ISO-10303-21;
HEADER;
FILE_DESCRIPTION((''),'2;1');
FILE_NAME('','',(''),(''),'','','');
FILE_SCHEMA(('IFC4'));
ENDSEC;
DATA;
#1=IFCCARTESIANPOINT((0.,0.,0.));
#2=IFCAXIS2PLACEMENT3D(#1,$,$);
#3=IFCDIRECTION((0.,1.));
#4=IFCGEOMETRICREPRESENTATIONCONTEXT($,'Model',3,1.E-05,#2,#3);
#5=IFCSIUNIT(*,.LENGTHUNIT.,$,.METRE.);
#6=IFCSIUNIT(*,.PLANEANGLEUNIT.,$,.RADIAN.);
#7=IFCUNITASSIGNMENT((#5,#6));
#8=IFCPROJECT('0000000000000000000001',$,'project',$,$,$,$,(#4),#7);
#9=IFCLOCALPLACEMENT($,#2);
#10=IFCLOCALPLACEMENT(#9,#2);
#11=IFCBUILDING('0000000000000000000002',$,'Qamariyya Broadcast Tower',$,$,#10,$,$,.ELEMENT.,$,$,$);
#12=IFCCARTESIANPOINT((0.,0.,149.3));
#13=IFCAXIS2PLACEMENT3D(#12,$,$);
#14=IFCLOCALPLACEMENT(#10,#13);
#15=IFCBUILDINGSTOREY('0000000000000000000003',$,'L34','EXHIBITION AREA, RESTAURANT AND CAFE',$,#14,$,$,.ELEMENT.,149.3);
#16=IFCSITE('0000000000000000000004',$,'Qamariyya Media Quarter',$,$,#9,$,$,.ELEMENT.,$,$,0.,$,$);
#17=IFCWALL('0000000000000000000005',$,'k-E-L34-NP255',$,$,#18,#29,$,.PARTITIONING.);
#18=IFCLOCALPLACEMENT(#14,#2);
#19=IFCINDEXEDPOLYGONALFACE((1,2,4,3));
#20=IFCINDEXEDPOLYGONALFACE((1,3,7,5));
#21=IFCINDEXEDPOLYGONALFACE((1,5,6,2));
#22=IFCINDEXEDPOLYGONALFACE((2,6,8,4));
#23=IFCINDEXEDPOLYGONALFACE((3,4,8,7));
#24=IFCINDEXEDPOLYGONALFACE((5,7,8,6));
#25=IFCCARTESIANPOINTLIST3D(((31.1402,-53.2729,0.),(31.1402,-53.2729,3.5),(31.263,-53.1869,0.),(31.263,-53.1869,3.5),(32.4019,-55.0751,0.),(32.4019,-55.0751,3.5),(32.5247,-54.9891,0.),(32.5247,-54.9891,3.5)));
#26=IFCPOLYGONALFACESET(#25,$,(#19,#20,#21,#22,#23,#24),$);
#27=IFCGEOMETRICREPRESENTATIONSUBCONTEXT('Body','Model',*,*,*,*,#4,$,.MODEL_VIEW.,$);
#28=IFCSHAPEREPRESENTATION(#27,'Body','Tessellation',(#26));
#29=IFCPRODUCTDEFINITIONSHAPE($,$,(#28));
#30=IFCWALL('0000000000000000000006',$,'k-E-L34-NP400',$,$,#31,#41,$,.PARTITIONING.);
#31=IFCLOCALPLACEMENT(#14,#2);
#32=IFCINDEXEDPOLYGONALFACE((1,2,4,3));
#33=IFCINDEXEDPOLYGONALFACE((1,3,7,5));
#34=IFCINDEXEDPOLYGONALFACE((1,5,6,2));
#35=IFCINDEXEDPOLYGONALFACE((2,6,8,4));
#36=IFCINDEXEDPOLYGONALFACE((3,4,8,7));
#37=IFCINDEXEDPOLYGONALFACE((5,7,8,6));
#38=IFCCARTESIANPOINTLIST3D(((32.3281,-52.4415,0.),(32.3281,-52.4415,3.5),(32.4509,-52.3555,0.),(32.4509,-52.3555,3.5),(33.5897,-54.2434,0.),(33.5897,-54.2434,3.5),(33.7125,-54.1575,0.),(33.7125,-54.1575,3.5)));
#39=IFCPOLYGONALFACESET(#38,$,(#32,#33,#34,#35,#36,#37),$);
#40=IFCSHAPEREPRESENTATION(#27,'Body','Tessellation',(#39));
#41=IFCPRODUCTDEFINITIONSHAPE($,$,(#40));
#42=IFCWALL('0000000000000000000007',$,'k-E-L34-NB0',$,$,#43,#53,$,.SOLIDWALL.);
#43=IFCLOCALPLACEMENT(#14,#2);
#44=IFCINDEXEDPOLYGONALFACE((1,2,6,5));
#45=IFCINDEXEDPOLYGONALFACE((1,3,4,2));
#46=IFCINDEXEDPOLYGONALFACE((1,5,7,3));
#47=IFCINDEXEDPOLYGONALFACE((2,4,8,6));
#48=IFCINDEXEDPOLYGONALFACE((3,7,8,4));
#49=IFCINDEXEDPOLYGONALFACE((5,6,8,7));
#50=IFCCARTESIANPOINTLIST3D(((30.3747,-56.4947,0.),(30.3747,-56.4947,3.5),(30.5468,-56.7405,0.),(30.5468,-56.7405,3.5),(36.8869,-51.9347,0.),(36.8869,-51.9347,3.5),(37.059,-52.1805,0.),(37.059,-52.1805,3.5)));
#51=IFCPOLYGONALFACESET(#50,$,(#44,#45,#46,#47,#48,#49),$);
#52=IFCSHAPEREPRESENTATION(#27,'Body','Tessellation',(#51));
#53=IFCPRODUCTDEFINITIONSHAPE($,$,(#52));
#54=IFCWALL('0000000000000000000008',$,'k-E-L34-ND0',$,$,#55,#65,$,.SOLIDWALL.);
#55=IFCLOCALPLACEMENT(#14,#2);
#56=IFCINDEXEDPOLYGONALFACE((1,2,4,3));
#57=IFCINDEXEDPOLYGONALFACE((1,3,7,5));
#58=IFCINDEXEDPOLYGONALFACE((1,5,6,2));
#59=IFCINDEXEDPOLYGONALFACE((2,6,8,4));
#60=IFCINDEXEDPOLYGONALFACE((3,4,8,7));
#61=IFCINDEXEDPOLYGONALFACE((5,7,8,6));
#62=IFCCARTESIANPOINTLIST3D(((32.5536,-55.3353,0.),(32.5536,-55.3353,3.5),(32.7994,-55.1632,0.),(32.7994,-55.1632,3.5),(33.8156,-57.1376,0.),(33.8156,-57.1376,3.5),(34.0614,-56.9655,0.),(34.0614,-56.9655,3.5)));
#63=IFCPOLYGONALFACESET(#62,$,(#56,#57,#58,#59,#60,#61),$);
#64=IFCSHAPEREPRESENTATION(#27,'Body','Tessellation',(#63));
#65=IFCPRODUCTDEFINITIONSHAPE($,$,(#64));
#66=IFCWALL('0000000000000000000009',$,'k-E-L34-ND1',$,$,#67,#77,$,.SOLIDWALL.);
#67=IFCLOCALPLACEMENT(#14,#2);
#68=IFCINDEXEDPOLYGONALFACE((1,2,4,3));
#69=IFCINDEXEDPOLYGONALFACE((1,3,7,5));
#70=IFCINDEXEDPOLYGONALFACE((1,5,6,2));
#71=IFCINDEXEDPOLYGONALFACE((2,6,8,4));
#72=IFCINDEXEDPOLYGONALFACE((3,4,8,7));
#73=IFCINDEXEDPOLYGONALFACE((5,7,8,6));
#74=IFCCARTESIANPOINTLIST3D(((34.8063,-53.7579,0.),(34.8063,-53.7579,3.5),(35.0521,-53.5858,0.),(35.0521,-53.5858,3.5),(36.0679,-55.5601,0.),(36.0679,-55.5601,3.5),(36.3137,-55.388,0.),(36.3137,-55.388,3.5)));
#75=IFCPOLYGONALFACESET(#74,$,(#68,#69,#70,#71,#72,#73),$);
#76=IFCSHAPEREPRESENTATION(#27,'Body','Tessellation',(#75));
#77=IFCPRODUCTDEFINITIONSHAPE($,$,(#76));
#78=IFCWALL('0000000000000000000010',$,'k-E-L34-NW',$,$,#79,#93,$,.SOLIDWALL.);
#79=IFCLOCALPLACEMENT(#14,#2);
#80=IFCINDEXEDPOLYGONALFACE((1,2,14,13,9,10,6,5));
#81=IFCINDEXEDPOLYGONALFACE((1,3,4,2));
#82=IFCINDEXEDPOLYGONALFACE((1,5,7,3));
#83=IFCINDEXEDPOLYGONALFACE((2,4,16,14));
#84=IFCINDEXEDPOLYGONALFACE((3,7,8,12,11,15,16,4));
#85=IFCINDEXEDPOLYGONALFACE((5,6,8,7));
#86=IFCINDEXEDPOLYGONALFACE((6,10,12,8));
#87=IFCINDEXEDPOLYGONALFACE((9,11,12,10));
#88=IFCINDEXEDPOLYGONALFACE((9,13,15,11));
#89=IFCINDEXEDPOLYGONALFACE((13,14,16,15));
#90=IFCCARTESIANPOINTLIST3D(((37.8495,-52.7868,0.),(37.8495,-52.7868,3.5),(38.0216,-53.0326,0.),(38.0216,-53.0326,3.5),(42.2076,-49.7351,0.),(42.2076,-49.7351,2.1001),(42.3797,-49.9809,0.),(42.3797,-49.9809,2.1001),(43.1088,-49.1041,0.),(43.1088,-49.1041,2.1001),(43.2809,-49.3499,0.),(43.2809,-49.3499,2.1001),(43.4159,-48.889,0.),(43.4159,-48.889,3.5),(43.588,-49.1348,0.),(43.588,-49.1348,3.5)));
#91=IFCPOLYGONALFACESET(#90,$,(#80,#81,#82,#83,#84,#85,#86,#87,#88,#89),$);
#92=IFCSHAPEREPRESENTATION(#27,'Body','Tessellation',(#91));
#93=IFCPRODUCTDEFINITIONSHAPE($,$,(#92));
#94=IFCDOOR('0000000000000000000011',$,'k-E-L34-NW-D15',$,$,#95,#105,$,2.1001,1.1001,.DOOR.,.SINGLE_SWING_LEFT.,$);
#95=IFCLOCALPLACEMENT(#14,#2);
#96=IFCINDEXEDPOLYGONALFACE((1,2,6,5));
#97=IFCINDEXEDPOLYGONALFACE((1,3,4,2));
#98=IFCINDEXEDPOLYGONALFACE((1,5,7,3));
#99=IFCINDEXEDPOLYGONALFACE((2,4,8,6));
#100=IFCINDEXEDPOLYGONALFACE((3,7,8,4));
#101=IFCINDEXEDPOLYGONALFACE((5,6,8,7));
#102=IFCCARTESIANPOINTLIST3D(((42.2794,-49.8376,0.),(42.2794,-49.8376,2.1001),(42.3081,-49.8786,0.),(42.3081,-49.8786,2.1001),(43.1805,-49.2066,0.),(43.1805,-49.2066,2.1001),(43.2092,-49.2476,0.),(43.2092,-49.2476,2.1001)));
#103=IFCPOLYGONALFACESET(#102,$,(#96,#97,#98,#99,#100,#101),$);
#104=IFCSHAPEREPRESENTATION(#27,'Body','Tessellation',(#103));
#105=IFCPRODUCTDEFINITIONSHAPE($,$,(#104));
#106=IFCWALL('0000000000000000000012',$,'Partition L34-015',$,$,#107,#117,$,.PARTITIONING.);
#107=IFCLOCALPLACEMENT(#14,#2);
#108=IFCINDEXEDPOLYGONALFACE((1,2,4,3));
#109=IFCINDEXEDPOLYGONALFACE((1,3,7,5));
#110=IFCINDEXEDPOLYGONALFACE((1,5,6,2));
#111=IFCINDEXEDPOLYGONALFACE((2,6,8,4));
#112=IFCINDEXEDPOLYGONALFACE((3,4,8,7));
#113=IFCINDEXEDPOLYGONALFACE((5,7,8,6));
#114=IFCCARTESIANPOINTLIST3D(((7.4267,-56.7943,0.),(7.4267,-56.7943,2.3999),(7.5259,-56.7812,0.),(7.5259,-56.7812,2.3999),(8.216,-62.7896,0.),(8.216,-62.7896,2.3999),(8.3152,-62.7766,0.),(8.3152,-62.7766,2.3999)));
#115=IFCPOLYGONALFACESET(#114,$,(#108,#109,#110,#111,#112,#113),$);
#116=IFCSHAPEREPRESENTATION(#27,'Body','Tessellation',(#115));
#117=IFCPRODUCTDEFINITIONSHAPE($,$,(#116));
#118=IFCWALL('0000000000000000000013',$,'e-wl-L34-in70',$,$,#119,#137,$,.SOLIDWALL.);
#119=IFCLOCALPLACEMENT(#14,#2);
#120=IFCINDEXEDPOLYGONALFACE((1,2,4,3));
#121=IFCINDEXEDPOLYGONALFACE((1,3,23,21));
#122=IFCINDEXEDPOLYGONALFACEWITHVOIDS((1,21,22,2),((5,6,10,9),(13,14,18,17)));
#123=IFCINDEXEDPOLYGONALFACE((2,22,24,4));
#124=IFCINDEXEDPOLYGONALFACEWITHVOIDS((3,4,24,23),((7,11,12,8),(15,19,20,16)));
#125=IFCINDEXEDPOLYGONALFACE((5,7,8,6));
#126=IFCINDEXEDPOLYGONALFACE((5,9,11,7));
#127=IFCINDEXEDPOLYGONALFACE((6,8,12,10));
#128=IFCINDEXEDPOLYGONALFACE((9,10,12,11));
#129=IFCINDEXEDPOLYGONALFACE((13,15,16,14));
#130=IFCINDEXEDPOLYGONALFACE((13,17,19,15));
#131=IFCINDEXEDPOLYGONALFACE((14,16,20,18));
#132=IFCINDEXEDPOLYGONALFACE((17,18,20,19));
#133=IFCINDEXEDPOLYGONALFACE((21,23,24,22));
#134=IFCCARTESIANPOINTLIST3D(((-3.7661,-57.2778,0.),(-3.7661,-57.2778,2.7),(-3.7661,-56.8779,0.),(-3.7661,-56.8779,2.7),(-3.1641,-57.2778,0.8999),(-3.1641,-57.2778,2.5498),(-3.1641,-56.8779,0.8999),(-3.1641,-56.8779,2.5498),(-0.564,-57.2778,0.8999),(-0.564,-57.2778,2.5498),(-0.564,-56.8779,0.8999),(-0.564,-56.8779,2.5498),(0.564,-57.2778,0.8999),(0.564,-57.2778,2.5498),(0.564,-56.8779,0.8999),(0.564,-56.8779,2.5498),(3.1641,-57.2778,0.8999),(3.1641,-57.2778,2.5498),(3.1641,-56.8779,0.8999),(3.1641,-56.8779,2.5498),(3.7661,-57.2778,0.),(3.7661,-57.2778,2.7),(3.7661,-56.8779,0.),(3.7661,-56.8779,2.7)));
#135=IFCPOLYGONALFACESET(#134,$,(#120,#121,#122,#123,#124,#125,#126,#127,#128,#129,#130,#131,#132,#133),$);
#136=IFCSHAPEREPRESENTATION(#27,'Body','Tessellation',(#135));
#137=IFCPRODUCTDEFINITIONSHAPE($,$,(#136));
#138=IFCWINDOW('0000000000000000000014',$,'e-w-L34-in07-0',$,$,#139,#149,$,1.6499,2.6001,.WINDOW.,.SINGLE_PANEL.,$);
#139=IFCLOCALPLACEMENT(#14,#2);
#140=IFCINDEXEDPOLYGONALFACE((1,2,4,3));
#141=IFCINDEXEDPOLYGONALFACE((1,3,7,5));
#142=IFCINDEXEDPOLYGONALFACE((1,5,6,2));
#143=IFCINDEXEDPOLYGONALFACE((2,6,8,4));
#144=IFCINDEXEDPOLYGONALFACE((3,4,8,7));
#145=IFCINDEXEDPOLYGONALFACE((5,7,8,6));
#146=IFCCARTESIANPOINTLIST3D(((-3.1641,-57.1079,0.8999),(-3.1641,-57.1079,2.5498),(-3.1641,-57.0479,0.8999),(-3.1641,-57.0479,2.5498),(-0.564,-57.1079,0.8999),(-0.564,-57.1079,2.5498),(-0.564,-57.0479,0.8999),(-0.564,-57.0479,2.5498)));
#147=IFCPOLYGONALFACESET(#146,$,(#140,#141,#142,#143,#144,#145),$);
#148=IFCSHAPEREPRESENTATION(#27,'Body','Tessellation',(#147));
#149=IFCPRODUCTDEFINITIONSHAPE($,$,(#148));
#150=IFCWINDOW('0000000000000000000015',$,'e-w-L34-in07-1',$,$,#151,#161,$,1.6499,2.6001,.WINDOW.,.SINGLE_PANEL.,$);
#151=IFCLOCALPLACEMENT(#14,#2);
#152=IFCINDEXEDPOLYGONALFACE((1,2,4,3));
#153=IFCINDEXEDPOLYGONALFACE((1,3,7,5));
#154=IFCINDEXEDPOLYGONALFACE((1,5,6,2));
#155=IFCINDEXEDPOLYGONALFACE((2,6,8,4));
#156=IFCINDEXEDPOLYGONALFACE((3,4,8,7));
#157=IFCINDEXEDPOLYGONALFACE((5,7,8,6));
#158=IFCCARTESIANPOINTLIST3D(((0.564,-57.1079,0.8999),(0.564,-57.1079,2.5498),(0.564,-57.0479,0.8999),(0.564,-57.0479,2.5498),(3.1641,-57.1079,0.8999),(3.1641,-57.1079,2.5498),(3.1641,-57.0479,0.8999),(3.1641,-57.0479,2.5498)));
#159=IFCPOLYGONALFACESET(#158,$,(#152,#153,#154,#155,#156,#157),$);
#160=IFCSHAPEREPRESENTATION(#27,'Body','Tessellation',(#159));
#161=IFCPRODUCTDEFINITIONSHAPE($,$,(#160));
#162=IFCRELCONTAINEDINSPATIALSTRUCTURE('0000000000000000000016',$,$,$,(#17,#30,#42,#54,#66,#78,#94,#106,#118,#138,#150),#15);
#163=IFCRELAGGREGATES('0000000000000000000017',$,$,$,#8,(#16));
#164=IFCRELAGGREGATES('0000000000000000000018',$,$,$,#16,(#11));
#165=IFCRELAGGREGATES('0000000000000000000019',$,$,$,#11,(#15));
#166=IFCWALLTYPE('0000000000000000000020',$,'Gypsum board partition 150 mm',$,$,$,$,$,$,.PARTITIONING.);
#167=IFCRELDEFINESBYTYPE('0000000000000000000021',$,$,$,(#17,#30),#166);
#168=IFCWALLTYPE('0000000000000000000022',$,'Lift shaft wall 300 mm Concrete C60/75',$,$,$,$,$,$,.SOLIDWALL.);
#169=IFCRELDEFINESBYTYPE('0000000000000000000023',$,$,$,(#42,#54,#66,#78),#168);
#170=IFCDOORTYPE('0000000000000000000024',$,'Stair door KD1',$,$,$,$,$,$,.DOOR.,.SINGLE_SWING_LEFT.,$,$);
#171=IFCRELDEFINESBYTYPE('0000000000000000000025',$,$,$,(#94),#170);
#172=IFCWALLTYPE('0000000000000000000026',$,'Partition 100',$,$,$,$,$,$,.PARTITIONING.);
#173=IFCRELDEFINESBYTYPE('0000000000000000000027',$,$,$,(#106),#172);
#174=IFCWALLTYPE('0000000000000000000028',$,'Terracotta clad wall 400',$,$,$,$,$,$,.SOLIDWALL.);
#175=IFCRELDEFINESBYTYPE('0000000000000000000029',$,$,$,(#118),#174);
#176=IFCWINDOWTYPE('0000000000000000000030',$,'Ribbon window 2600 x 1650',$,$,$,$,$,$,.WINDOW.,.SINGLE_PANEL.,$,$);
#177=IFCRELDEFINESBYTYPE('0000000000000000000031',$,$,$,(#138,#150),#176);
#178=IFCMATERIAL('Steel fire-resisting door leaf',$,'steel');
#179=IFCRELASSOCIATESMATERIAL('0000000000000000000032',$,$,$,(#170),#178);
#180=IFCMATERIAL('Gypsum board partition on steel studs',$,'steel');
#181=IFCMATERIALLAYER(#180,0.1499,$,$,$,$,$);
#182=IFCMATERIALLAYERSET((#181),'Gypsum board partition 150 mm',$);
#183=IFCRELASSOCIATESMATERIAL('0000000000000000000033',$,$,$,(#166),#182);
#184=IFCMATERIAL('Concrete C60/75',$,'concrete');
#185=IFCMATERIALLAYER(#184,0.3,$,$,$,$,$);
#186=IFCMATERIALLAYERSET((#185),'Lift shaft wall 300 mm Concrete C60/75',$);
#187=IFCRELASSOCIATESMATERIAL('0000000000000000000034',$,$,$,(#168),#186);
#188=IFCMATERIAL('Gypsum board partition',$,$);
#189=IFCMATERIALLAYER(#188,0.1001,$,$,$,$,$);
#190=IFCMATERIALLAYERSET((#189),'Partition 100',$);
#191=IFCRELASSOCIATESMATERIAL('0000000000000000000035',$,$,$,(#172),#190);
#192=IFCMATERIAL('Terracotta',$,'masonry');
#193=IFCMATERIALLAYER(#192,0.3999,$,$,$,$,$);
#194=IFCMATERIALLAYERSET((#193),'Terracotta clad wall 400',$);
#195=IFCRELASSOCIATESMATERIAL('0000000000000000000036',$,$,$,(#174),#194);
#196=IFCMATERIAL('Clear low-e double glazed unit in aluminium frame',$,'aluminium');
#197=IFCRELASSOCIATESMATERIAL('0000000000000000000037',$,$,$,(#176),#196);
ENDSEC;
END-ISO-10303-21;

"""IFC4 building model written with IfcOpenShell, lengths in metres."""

from ifc_helpers import new_model, si_unit, direction, frame, frame_2d, origin, place, context, subcontext, project, spatial, rectangle, extrude, material, layer, layer_set, type_object, element, fill, save


model = new_model("IFC4")

# Units and contexts
model_context = context("Model", 3, precision=1e-05, world=origin(), true_north=direction((0.0, 1.0)))
body_context = subcontext(model_context, "Body", "Model", "MODEL_VIEW")
ifc_project = project(units=[si_unit("LENGTHUNIT", "METRE"), si_unit("PLANEANGLEUNIT", "RADIAN")], contexts=[model_context])

# Site, building, storey
site_placement = place(None, origin())
site = spatial("IfcSite", under=ifc_project, at=site_placement, Name="Qamariyya Media Quarter", CompositionType="ELEMENT", RefElevation=0.0)
building_placement = place(site_placement, origin())
building = spatial("IfcBuilding", under=site, at=building_placement, Name="Qamariyya Broadcast Tower", CompositionType="ELEMENT")
storey_placement = place(building_placement, frame((0.0, 0.0, 149.3)))
storey = spatial("IfcBuildingStorey", under=building, at=storey_placement, Name="L34", Description="EXHIBITION AREA, RESTAURANT AND CAFE", CompositionType="ELEMENT", Elevation=149.3)

# Shared definitions
ifc_material_1 = material(Name="Concrete C60/75", Category="concrete")

# Shared definitions
ifc_material_2 = material(Name="Steel fire-resisting door leaf", Category="steel")
door_type_1 = type_object("IfcDoorType", Name="Stair door KD1", OperationType="SINGLE_SWING_LEFT", PredefinedType="DOOR", material=ifc_material_2)

# Walls
ifc_material_3 = material(Name="Gypsum board partition")
ifc_material_4 = material(Name="Gypsum board partition on steel studs", Category="steel")
ifc_layer_1 = layer(ifc_material_4, 0.1499)
ifc_layer_set_1 = layer_set([ifc_layer_1], Name="Gypsum board partition 150 mm")
wall_type_1 = type_object("IfcWallType", Name="Gypsum board partition 150 mm", PredefinedType="PARTITIONING", material=ifc_layer_set_1)
wall_1_placement = place(storey_placement, frame((32.4634, -55.0322, 0.0), z_axis=(0.0, 0.0, 1.0), x_axis=(-0.573507, 0.819201, 0.0)))
element("IfcWall", 1, at=wall_1_placement, inside=storey, type_object=wall_type_1, Name="k-E-L34-NP255", PredefinedType="PARTITIONING", context=body_context, shape_type="SweptSolid", body=[
    extrude(rectangle(XDim=2.2, YDim=0.1499, at=frame_2d((1.1001, 0.0))), origin(), (0.0, 0.0, 1.0), 3.5),
])
wall_2_placement = place(storey_placement, frame((33.6511, -54.2004, 0.0), z_axis=(0.0, 0.0, 1.0), x_axis=(-0.573559, 0.819164, 0.0)))
element("IfcWall", 2, at=wall_2_placement, inside=storey, type_object=wall_type_1, Name="k-E-L34-NP400", PredefinedType="PARTITIONING", context=body_context, shape_type="SweptSolid", body=[
    extrude(rectangle(XDim=2.1997, YDim=0.1499, at=frame_2d((1.0999, 0.0))), origin(), (0.0, 0.0, 1.0), 3.5),
])
ifc_layer_2 = layer(ifc_material_1, 0.3)
ifc_layer_set_2 = layer_set([ifc_layer_2], Name="Lift shaft wall 300 mm Concrete C60/75")
wall_type_2 = type_object("IfcWallType", Name="Lift shaft wall 300 mm Concrete C60/75", PredefinedType="SOLIDWALL", material=ifc_layer_set_2)
wall_3_placement = place(storey_placement, frame((30.4607, -56.6177, 0.0), z_axis=(0.0, 0.0, 1.0), x_axis=(0.819142, 0.57359, 0.0)))
element("IfcWall", 3, at=wall_3_placement, inside=storey, type_object=wall_type_2, Name="k-E-L34-NB0", PredefinedType="SOLIDWALL", context=body_context, shape_type="SweptSolid", body=[
    extrude(rectangle(XDim=7.95, YDim=0.3, at=frame_2d((3.9751, 0.0))), origin(), (0.0, 0.0, 1.0), 3.5),
])
wall_4_placement = place(storey_placement, frame((33.9385, -57.0515, 0.0), z_axis=(0.0, 0.0, 1.0), x_axis=(-0.573581, 0.819149, 0.0)))
element("IfcWall", 4, at=wall_4_placement, inside=storey, type_object=wall_type_2, Name="k-E-L34-ND0", PredefinedType="SOLIDWALL", context=body_context, shape_type="SweptSolid", body=[
    extrude(rectangle(XDim=2.2002, YDim=0.3, at=frame_2d((1.1001, 0.0))), origin(), (0.0, 0.0, 1.0), 3.5),
])
wall_5_placement = place(storey_placement, frame((36.1909, -55.4741, 0.0), z_axis=(0.0, 0.0, 1.0), x_axis=(-0.573507, 0.819201, 0.0)))
element("IfcWall", 5, at=wall_5_placement, inside=storey, type_object=wall_type_2, Name="k-E-L34-ND1", PredefinedType="SOLIDWALL", context=body_context, shape_type="SweptSolid", body=[
    extrude(rectangle(XDim=2.2, YDim=0.3, at=frame_2d((1.1001, 0.0))), origin(), (0.0, 0.0, 1.0), 3.5),
])

# Wall, opening, door
wall_6_placement = place(storey_placement, frame((37.9355, -52.9097, 0.0), z_axis=(0.0, 0.0, 1.0), x_axis=(0.819148, 0.573583, 0.0)))
wall_6 = element("IfcWall", 6, at=wall_6_placement, inside=storey, type_object=wall_type_2, Name="k-E-L34-NW", PredefinedType="SOLIDWALL", context=body_context, shape_type="SweptSolid", body=[
    extrude(rectangle(XDim=6.7954, YDim=0.3, at=frame_2d((3.3977, 0.0))), origin(), (0.0, 0.0, 1.0), 3.5),
])
opening_1_placement = place(wall_6_placement, frame((5.3203, 0.0, 0.0)))
opening_1 = element("IfcOpeningElement", 7, at=opening_1_placement, cuts=wall_6, PredefinedType="OPENING", context=body_context, shape_type="SweptSolid", body=[
    extrude(rectangle(XDim=1.1001, YDim=2.1001, at=frame_2d((0.55, 1.05))), frame((0.0, 0.1599, 0.0), z_axis=(0.0, -1.0, 0.0), x_axis=(1.0, 0.0, 0.0)), (0.0, 0.0, 1.0), 0.3201),
])
door_1_placement = place(opening_1_placement, origin())
door_1 = element("IfcDoor", 8, at=door_1_placement, inside=storey, type_object=door_type_1, Name="k-E-L34-NW-D15", OperationType="SINGLE_SWING_LEFT", OverallHeight=2.1001, OverallWidth=1.1001, PredefinedType="DOOR", context=body_context, shape_type="SweptSolid", body=[
    extrude(rectangle(XDim=1.1001, YDim=2.1001, at=frame_2d((0.55, 1.05))), frame((0.0, 0.0249, 0.0), z_axis=(0.0, -1.0, 0.0), x_axis=(1.0, 0.0, 0.0)), (0.0, 0.0, 1.0), 0.05),
])
fill(opening_1, door_1)

# Wall
ifc_layer_3 = layer(ifc_material_3, 0.1001)
ifc_layer_set_3 = layer_set([ifc_layer_3], Name="Partition 100")
wall_type_3 = type_object("IfcWallType", Name="Partition 100", PredefinedType="PARTITIONING", material=ifc_layer_set_3)
wall_7_placement = place(storey_placement, frame((7.4763, -56.7878, 0.0), z_axis=(0.0, 0.0, 1.0), x_axis=(0.130527, -0.991445, 0.0)))
element("IfcWall", 9, at=wall_7_placement, inside=storey, type_object=wall_type_3, Name="Partition L34-015", PredefinedType="PARTITIONING", context=body_context, shape_type="SweptSolid", body=[
    extrude(rectangle(XDim=6.0471, YDim=0.1001, at=frame_2d((3.0234, 0.0))), origin(), (0.0, 0.0, 1.0), 2.3999),
])

# Wall, openings, windows
ifc_material_5 = material(Name="Terracotta", Category="masonry")
ifc_layer_4 = layer(ifc_material_5, 0.3999)
ifc_layer_set_4 = layer_set([ifc_layer_4], Name="Terracotta clad wall 400")
wall_type_4 = type_object("IfcWallType", Name="Terracotta clad wall 400", PredefinedType="SOLIDWALL", material=ifc_layer_set_4)
wall_8_placement = place(storey_placement, frame((3.7661, -57.0779, 0.0), z_axis=(0.0, 0.0, 1.0), x_axis=(-1.0, 0.0, 0.0)))
wall_8 = element("IfcWall", 10, at=wall_8_placement, inside=storey, type_object=wall_type_4, Name="e-wl-L34-in70", PredefinedType="SOLIDWALL", context=body_context, shape_type="SweptSolid", body=[
    extrude(rectangle(XDim=7.5322, YDim=0.3999, at=frame_2d((3.7661, 0.0))), origin(), (0.0, 0.0, 1.0), 2.7),
])
opening_2_placement = place(wall_8_placement, frame((4.3301, 0.0, 0.8999)))
opening_2 = element("IfcOpeningElement", 11, at=opening_2_placement, cuts=wall_8, PredefinedType="OPENING", context=body_context, shape_type="SweptSolid", body=[
    extrude(rectangle(XDim=2.6001, YDim=1.6499, at=frame_2d((1.3, 0.825))), frame((0.0, 0.21, 0.0), z_axis=(0.0, -1.0, 0.0), x_axis=(1.0, 0.0, 0.0)), (0.0, 0.0, 1.0), 0.4199),
])
opening_3_placement = place(wall_8_placement, frame((0.6021, 0.0, 0.8999)))
opening_3 = element("IfcOpeningElement", 12, at=opening_3_placement, cuts=wall_8, PredefinedType="OPENING", context=body_context, shape_type="SweptSolid", body=[
    extrude(rectangle(XDim=2.6001, YDim=1.6499, at=frame_2d((1.3, 0.825))), frame((0.0, 0.21, 0.0), z_axis=(0.0, -1.0, 0.0), x_axis=(1.0, 0.0, 0.0)), (0.0, 0.0, 1.0), 0.4199),
])
ifc_material_6 = material(Name="Clear low-e double glazed unit in aluminium frame", Category="aluminium")
window_type = type_object("IfcWindowType", Name="Ribbon window 2600 x 1650", PartitioningType="SINGLE_PANEL", PredefinedType="WINDOW", material=ifc_material_6)
window_1_placement = place(opening_2_placement, origin())
window_1 = element("IfcWindow", 13, at=window_1_placement, inside=storey, type_object=window_type, Name="e-w-L34-in07-0", OverallHeight=1.6499, OverallWidth=2.6001, PartitioningType="SINGLE_PANEL", PredefinedType="WINDOW", context=body_context, shape_type="SweptSolid", body=[
    extrude(rectangle(XDim=2.6001, YDim=1.6499, at=frame_2d((1.3, 0.825))), frame((0.0, 0.03, 0.0), z_axis=(0.0, -1.0, 0.0), x_axis=(1.0, 0.0, 0.0)), (0.0, 0.0, 1.0), 0.0601),
])
fill(opening_2, window_1)
window_2_placement = place(opening_3_placement, origin())
window_2 = element("IfcWindow", 14, at=window_2_placement, inside=storey, type_object=window_type, Name="e-w-L34-in07-1", OverallHeight=1.6499, OverallWidth=2.6001, PartitioningType="SINGLE_PANEL", PredefinedType="WINDOW", context=body_context, shape_type="SweptSolid", body=[
    extrude(rectangle(XDim=2.6001, YDim=1.6499, at=frame_2d((1.3, 0.825))), frame((0.0, 0.03, 0.0), z_axis=(0.0, -1.0, 0.0), x_axis=(1.0, 0.0, 0.0)), (0.0, 0.0, 1.0), 0.0601),
])
fill(opening_3, window_2)

save(model, "model.ifc")
